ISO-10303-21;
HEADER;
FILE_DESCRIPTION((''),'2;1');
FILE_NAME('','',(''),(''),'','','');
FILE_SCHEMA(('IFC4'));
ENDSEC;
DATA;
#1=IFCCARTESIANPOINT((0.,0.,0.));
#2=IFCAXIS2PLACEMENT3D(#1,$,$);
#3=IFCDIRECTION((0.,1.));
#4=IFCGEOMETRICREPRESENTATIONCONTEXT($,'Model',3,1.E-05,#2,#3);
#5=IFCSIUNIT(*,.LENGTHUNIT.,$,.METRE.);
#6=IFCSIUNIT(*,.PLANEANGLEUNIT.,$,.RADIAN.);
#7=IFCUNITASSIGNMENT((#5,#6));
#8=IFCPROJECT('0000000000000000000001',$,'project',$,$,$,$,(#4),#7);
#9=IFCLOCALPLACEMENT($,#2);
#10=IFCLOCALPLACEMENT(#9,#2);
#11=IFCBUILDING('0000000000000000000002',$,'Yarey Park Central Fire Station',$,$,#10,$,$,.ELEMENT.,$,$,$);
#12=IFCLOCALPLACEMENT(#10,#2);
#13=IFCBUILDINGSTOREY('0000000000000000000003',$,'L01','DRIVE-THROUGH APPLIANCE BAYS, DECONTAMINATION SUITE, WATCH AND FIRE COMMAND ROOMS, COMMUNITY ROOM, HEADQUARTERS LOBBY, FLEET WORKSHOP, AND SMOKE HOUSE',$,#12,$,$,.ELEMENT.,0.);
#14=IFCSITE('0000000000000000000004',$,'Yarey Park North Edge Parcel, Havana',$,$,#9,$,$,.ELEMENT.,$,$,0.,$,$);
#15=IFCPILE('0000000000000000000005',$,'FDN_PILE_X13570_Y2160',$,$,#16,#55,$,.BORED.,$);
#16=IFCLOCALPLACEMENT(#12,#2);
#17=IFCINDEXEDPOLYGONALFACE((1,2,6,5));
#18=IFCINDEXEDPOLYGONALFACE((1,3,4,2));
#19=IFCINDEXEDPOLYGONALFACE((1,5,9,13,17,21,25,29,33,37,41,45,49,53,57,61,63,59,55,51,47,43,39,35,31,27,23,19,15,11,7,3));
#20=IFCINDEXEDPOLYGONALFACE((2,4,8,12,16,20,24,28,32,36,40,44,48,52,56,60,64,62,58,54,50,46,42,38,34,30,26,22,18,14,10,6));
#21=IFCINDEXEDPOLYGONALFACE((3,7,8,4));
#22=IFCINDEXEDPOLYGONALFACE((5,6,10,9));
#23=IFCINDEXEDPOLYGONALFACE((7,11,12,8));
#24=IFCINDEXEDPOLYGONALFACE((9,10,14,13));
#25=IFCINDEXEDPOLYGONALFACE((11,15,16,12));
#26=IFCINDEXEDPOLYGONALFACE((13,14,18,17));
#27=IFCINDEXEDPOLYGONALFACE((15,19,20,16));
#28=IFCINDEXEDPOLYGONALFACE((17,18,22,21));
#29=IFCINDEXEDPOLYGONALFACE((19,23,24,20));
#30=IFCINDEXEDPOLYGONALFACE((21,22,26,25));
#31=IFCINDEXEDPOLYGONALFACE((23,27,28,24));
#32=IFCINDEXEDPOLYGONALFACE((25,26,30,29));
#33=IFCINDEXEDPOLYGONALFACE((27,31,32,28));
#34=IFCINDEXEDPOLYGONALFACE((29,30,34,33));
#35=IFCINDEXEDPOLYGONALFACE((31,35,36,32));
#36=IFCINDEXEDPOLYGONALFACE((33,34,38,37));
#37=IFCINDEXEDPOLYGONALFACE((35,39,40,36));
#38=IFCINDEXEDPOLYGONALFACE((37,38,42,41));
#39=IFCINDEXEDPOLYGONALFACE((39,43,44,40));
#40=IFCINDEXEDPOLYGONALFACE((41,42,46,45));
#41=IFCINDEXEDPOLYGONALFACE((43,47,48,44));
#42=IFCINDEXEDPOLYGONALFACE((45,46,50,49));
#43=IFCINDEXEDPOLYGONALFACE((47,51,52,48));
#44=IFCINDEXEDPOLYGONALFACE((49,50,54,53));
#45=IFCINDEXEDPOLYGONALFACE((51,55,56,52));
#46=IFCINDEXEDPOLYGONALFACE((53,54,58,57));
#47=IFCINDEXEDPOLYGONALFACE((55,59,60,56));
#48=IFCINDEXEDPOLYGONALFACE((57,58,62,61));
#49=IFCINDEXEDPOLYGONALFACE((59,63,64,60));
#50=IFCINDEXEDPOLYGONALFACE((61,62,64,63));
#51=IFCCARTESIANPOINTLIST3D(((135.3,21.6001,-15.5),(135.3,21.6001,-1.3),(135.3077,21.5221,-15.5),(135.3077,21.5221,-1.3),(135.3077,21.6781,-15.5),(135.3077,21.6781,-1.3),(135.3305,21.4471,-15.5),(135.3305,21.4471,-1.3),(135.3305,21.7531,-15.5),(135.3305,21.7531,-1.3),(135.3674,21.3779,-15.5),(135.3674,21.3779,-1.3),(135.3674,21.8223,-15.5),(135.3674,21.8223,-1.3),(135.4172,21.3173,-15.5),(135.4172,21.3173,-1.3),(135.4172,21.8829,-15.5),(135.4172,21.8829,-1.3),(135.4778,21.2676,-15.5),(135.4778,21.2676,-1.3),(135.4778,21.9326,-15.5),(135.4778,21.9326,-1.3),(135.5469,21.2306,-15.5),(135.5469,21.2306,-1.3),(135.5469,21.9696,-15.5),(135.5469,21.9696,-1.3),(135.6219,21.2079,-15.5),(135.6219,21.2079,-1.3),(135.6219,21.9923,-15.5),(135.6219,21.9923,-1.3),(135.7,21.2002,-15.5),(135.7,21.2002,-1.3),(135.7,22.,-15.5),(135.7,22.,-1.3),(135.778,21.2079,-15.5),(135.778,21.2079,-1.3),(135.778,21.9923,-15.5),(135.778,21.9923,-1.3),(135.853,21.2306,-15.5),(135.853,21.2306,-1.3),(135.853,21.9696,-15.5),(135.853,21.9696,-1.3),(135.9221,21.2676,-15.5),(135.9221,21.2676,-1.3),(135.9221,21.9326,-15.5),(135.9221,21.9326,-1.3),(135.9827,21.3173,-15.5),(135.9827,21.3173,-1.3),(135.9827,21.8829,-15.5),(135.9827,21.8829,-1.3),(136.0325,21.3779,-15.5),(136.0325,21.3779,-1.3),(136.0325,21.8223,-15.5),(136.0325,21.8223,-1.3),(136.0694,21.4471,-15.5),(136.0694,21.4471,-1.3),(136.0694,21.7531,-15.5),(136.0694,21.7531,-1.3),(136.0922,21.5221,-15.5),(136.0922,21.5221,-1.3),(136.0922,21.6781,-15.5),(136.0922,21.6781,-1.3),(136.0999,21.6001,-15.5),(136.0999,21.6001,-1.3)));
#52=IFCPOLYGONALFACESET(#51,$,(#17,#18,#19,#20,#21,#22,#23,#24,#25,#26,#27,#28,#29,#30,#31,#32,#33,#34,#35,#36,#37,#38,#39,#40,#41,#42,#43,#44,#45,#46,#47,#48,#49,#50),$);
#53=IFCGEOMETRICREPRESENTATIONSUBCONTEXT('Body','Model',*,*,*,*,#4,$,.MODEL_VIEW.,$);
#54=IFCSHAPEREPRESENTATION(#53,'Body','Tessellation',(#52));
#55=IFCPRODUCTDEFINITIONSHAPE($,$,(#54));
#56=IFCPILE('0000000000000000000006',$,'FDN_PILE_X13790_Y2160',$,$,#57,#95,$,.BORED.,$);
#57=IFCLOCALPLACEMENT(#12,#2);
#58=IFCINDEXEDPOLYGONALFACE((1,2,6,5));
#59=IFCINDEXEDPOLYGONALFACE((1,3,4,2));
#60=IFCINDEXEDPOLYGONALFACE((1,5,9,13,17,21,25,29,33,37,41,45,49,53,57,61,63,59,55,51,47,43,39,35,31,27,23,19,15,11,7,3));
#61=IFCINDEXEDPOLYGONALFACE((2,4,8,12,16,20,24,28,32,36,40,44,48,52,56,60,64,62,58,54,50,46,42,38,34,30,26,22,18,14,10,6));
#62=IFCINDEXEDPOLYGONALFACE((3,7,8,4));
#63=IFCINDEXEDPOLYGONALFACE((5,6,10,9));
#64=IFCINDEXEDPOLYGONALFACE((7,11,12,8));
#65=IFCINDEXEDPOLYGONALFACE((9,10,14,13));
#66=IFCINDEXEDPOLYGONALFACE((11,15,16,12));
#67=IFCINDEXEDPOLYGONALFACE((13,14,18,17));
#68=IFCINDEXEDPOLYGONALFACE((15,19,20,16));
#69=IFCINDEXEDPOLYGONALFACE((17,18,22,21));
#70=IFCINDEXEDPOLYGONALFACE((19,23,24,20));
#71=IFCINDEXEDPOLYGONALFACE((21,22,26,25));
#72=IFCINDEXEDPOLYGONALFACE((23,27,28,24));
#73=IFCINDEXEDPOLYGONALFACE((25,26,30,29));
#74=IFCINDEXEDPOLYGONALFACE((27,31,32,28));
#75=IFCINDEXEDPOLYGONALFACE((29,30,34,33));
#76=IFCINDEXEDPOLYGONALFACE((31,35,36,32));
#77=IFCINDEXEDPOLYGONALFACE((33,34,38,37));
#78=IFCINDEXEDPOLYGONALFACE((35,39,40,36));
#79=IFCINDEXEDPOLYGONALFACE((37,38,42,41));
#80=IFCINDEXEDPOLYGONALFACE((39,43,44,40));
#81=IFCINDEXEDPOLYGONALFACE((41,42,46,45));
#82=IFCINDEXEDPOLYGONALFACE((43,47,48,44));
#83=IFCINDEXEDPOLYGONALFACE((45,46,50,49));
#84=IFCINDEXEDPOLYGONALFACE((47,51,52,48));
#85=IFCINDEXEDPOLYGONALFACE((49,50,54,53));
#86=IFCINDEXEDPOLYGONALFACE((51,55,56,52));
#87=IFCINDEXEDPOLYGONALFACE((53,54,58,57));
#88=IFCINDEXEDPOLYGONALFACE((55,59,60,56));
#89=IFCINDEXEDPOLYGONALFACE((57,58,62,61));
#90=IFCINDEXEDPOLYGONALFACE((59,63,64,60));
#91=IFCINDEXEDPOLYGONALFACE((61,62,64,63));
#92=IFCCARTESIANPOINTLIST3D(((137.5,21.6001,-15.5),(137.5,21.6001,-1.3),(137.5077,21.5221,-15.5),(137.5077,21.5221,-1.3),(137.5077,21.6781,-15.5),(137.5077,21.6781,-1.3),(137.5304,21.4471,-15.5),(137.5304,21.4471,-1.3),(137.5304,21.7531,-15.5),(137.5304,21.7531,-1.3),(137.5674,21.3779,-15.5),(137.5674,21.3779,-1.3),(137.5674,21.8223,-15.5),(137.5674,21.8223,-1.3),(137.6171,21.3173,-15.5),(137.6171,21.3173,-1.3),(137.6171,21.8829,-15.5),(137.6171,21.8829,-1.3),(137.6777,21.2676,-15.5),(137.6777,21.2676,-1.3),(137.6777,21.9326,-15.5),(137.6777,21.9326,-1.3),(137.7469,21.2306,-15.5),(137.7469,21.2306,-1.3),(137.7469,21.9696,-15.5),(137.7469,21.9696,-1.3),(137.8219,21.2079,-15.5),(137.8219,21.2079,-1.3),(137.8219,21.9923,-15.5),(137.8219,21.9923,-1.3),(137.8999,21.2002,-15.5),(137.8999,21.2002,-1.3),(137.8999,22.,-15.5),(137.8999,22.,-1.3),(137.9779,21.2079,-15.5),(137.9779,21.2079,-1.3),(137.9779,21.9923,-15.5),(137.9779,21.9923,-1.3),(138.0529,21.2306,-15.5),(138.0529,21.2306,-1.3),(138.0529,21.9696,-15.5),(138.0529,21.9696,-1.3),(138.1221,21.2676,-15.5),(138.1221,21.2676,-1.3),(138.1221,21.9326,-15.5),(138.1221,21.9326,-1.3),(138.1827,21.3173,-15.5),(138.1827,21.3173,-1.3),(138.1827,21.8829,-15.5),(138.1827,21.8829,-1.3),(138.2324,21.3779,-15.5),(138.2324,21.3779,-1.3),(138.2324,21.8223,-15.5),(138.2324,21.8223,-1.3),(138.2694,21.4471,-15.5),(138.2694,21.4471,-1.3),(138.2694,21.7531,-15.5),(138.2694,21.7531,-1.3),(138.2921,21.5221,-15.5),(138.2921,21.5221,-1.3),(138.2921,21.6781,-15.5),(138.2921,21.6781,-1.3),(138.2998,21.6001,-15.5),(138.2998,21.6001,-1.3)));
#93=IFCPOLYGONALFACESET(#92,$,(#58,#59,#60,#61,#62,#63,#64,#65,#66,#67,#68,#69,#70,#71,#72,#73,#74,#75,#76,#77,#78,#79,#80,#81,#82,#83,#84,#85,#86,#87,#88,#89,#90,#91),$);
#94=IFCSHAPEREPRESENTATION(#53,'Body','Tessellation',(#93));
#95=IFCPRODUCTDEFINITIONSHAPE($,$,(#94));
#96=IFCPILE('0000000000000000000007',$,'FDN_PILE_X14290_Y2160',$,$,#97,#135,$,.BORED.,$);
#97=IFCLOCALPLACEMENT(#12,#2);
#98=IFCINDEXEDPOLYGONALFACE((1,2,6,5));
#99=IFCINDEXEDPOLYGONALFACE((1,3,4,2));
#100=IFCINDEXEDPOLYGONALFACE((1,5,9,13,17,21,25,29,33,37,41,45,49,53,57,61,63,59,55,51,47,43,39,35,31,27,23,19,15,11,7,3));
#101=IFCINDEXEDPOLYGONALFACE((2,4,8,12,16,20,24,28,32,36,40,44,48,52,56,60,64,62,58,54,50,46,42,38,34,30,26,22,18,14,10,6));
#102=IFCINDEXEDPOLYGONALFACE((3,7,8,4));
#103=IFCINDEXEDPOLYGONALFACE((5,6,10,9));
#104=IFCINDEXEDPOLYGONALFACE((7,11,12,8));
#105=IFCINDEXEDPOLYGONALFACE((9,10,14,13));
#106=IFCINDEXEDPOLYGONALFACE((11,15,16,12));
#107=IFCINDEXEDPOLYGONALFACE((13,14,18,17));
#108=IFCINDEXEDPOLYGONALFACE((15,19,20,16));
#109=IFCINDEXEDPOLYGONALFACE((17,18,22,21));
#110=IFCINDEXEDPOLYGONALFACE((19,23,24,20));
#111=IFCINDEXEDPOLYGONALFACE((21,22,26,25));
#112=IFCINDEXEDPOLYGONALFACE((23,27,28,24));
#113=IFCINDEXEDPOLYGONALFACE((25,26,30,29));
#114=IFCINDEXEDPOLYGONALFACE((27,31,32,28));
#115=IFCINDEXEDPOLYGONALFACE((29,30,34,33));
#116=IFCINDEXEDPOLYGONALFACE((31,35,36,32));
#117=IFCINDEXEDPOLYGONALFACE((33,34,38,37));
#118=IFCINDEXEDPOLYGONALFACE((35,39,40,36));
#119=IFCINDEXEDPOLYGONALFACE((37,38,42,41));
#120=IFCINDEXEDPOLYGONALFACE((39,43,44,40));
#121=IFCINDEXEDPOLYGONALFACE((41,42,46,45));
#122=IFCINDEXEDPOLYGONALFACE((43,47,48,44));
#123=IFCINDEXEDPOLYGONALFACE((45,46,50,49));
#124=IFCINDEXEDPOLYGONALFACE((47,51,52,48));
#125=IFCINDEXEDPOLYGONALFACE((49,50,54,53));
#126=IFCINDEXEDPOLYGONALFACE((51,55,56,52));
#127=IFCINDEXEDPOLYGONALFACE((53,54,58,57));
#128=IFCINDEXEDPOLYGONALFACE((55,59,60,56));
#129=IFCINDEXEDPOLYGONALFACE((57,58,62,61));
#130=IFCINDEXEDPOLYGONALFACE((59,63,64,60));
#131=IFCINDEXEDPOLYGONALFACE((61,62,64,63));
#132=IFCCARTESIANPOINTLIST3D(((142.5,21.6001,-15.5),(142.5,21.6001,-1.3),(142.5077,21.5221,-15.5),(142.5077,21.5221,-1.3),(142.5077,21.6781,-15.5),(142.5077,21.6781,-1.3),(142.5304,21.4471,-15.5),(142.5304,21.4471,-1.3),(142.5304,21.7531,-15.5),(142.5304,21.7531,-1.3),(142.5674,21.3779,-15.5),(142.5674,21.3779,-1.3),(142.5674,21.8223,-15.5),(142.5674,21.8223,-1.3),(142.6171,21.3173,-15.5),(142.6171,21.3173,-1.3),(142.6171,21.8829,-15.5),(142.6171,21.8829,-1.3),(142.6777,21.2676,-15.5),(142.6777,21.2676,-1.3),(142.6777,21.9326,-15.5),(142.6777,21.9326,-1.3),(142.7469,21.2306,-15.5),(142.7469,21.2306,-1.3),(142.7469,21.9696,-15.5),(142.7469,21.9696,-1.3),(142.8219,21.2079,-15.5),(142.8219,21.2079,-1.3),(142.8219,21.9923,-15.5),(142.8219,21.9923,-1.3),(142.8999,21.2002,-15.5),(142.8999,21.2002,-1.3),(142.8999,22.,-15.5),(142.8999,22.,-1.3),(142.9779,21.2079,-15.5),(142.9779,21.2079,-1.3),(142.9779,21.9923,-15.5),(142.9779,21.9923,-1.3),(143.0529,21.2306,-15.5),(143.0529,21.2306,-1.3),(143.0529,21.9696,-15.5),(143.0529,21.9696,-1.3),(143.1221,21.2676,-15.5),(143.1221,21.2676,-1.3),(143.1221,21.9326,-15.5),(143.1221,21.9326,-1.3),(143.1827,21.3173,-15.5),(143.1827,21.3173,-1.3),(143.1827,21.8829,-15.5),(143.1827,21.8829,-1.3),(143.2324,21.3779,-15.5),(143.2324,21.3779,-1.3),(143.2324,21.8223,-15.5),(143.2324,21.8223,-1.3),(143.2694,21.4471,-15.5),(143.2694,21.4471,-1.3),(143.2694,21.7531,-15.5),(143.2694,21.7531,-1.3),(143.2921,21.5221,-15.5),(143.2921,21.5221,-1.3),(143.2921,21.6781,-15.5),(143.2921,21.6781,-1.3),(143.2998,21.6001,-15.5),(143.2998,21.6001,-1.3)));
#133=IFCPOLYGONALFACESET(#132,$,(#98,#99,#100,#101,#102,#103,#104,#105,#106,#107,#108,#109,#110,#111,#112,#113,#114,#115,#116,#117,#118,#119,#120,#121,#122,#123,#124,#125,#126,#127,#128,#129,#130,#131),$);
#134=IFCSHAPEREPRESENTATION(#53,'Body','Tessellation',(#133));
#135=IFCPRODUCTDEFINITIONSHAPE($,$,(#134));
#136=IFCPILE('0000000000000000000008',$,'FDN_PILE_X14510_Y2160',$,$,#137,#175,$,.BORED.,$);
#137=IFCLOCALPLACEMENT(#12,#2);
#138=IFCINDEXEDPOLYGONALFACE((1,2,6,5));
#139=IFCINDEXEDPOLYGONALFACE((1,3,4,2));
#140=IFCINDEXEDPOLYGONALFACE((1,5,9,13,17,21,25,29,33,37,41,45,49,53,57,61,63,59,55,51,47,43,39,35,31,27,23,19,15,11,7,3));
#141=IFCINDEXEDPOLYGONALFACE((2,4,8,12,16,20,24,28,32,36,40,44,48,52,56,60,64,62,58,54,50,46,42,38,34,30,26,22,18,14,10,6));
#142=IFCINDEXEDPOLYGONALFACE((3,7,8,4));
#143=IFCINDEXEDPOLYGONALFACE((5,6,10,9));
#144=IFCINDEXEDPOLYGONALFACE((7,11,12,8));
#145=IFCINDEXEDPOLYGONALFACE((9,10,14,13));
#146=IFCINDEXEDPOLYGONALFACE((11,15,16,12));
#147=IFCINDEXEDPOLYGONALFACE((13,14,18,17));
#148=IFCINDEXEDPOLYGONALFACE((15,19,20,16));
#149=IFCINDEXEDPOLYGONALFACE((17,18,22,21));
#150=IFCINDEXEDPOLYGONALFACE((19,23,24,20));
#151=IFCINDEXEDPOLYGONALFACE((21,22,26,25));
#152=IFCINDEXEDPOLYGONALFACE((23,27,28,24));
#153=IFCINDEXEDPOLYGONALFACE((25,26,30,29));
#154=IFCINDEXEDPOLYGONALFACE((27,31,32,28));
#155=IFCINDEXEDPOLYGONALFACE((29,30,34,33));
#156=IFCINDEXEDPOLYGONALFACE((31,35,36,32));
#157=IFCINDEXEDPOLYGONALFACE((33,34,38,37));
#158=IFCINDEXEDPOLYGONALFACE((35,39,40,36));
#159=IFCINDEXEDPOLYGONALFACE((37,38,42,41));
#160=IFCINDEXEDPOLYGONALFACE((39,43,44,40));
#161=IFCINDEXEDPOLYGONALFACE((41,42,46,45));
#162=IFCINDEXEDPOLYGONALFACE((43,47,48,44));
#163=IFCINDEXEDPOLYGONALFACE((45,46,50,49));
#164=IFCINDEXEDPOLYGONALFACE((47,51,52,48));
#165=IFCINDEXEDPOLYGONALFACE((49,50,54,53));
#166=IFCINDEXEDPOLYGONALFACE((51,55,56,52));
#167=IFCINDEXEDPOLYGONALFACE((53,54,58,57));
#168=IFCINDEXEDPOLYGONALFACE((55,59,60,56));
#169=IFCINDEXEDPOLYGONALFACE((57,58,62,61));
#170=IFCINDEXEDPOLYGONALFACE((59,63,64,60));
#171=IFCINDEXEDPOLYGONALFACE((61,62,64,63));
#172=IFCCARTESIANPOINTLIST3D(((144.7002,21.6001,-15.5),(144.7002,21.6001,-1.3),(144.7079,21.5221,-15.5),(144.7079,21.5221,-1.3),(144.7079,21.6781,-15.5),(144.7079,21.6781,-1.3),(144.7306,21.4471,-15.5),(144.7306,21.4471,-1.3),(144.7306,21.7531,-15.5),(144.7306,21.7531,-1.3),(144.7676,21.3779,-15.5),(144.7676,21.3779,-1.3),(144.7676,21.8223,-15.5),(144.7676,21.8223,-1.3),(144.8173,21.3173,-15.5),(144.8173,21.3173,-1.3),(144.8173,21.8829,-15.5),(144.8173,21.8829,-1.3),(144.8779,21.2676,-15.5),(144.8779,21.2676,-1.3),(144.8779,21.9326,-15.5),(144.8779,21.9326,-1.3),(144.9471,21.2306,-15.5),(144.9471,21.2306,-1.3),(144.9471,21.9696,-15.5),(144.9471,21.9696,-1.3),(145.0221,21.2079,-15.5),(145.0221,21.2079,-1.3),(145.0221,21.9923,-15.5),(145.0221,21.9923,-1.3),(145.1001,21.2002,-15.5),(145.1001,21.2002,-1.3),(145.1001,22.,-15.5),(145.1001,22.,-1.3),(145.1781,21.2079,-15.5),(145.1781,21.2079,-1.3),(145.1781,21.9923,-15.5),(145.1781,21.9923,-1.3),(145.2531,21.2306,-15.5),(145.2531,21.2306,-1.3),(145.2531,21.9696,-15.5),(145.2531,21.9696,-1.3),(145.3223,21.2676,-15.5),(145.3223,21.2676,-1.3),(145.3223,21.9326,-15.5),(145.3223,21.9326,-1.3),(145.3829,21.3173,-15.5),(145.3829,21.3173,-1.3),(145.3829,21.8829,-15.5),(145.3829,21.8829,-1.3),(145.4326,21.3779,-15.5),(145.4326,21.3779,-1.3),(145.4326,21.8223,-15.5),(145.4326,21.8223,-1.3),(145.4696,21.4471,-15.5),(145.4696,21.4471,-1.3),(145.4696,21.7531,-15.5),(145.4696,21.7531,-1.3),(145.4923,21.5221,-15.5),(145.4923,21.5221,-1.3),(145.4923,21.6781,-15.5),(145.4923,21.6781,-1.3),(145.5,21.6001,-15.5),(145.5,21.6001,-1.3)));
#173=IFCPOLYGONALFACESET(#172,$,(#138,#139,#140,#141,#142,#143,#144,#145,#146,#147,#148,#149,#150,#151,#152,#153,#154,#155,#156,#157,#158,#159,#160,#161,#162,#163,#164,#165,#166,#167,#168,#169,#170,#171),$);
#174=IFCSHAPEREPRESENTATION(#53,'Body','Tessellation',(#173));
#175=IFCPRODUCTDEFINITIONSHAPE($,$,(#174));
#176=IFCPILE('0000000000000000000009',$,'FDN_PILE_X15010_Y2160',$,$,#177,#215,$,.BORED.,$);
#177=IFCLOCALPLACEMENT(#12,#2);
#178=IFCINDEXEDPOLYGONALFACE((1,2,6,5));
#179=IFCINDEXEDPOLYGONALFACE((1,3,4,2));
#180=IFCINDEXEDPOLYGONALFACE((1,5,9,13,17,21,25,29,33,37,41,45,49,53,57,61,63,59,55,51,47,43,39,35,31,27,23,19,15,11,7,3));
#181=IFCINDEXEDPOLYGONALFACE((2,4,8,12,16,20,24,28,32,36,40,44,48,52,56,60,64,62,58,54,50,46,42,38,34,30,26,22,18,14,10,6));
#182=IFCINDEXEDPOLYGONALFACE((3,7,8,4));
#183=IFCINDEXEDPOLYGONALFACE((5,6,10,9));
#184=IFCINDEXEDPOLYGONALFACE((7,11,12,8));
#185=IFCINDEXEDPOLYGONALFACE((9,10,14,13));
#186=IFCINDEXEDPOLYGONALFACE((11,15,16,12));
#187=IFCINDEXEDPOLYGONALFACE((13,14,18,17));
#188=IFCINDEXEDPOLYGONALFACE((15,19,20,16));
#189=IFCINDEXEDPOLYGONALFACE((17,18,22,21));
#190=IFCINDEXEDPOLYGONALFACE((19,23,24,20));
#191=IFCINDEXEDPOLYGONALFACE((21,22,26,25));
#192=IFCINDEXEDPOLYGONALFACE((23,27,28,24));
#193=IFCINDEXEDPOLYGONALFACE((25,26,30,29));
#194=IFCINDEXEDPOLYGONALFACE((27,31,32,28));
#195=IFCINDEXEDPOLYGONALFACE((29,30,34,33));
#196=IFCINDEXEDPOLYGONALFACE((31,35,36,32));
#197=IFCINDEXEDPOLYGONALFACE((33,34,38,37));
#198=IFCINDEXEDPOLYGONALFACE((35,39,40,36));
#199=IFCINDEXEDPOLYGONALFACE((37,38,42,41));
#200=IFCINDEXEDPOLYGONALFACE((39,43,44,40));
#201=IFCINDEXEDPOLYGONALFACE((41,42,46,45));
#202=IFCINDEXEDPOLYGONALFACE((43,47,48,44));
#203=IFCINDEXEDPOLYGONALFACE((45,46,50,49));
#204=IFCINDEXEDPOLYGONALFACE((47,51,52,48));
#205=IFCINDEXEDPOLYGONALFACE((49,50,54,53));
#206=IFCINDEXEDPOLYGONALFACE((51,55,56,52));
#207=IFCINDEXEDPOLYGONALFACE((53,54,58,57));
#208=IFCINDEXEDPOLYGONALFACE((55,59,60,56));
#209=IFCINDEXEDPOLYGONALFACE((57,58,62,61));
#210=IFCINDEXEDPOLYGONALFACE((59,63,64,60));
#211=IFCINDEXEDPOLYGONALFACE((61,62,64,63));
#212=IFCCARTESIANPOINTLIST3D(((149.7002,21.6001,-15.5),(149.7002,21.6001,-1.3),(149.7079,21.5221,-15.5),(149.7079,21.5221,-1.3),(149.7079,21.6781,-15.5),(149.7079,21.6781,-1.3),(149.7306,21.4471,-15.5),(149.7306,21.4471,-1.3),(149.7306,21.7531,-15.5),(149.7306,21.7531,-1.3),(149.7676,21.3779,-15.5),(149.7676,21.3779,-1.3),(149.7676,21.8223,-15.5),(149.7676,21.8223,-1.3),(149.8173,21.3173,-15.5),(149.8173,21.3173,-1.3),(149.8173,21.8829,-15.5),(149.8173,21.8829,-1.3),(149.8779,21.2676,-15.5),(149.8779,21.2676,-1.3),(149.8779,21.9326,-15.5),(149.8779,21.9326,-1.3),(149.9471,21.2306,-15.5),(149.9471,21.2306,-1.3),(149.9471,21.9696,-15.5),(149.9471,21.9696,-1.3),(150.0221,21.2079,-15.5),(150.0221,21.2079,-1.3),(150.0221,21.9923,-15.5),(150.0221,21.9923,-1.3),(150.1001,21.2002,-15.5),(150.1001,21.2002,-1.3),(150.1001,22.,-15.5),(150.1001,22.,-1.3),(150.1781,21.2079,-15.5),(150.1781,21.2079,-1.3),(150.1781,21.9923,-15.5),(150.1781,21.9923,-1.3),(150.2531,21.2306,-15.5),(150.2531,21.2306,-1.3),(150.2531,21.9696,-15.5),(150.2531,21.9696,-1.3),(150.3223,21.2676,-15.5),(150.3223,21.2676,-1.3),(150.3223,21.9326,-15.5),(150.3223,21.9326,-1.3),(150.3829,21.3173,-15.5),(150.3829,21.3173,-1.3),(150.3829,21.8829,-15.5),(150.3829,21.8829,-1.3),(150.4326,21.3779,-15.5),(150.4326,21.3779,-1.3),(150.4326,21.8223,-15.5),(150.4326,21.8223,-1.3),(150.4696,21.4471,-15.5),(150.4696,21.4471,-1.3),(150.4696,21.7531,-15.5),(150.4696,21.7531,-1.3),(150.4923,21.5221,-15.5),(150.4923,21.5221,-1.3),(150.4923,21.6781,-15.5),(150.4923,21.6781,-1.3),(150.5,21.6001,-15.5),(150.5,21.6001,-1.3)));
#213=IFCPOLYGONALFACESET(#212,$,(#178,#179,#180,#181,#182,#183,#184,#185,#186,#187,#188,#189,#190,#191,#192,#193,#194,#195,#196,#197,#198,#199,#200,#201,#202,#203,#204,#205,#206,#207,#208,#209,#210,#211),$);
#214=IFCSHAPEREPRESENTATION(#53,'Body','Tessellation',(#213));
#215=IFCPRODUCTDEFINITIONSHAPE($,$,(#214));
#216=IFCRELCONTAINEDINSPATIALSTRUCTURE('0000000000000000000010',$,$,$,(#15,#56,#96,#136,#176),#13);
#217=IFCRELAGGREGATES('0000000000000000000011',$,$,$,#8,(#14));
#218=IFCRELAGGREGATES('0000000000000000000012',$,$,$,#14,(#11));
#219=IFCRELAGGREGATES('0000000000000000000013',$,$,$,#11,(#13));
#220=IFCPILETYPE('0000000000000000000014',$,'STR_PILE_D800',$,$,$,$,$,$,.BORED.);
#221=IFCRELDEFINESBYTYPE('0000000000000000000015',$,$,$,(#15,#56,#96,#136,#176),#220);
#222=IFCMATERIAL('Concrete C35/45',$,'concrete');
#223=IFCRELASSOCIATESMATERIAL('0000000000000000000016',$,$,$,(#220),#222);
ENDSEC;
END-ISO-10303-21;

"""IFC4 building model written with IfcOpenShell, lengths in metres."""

from ifc_helpers import new_model, si_unit, direction, frame, origin, origin_2d, place, context, subcontext, project, spatial, circle, extrude, material, material_profile, profile_set, type_object, element, save


model = new_model("IFC4")

# Units and contexts
model_context = context("Model", 3, precision=1e-05, world=origin(), true_north=direction((0.0, 1.0)))
body_context = subcontext(model_context, "Body", "Model", "MODEL_VIEW")
ifc_project = project(units=[si_unit("LENGTHUNIT", "METRE"), si_unit("PLANEANGLEUNIT", "RADIAN")], contexts=[model_context])

# Site, building, storey
site_placement = place(None, origin())
site = spatial("IfcSite", under=ifc_project, at=site_placement, Name="Yarey Park North Edge Parcel, Havana", CompositionType="ELEMENT", RefElevation=0.0)
building_placement = place(site_placement, origin())
building = spatial("IfcBuilding", under=site, at=building_placement, Name="Yarey Park Central Fire Station", CompositionType="ELEMENT")
storey_placement = place(building_placement, origin())
storey = spatial("IfcBuildingStorey", under=building, at=storey_placement, Name="L01", Description="DRIVE-THROUGH APPLIANCE BAYS, DECONTAMINATION SUITE, WATCH AND FIRE COMMAND ROOMS, COMMUNITY ROOM, HEADQUARTERS LOBBY, FLEET WORKSHOP, AND SMOKE HOUSE", CompositionType="ELEMENT", Elevation=0.0)

# Shared definitions
ifc_material_1 = material(Name="Concrete C35/45", Category="concrete")

# Piles
ifc_material_profile_1 = material_profile(ifc_material_1, circle(Radius=0.3999, at=origin_2d()), Name="BORED PILE D800")
ifc_profile_set_1 = profile_set([ifc_material_profile_1], Name="Concrete C35/45")
pile_type_1 = type_object("IfcPileType", Name="STR_PILE_D800", PredefinedType="BORED", material=ifc_profile_set_1)
for number, where, z_axis, x_axis, name in (
    (1, (135.7, 21.6001, -1.3), (0.0, 0.0, -1.0), (1.0, 0.0, 0.0), "FDN_PILE_X13570_Y2160"),
    (2, (137.8999, 21.6001, -1.3), (0.0, 0.0, -1.0), (1.0, 0.0, 0.0), "FDN_PILE_X13790_Y2160"),
    (3, (142.8999, 21.6001, -1.3), (0.0, 0.0, -1.0), (1.0, 0.0, 0.0), "FDN_PILE_X14290_Y2160"),
    (4, (145.1001, 21.6001, -1.3), (0.0, 0.0, -1.0), (1.0, 0.0, 0.0), "FDN_PILE_X14510_Y2160"),
    (5, (150.1001, 21.6001, -1.3), (0.0, 0.0, -1.0), (1.0, 0.0, 0.0), "FDN_PILE_X15010_Y2160"),
):
    element("IfcPile", number, at=place(storey_placement, frame(where, z_axis=z_axis, x_axis=x_axis)), inside=storey, type_object=pile_type_1, Name=name, PredefinedType="BORED", context=body_context, shape_type="SweptSolid", body=[
        extrude(circle(Radius=0.3999, at=origin_2d()), origin(), (0.0, 0.0, 1.0), 14.2),
    ])

save(model, "model.ifc")
